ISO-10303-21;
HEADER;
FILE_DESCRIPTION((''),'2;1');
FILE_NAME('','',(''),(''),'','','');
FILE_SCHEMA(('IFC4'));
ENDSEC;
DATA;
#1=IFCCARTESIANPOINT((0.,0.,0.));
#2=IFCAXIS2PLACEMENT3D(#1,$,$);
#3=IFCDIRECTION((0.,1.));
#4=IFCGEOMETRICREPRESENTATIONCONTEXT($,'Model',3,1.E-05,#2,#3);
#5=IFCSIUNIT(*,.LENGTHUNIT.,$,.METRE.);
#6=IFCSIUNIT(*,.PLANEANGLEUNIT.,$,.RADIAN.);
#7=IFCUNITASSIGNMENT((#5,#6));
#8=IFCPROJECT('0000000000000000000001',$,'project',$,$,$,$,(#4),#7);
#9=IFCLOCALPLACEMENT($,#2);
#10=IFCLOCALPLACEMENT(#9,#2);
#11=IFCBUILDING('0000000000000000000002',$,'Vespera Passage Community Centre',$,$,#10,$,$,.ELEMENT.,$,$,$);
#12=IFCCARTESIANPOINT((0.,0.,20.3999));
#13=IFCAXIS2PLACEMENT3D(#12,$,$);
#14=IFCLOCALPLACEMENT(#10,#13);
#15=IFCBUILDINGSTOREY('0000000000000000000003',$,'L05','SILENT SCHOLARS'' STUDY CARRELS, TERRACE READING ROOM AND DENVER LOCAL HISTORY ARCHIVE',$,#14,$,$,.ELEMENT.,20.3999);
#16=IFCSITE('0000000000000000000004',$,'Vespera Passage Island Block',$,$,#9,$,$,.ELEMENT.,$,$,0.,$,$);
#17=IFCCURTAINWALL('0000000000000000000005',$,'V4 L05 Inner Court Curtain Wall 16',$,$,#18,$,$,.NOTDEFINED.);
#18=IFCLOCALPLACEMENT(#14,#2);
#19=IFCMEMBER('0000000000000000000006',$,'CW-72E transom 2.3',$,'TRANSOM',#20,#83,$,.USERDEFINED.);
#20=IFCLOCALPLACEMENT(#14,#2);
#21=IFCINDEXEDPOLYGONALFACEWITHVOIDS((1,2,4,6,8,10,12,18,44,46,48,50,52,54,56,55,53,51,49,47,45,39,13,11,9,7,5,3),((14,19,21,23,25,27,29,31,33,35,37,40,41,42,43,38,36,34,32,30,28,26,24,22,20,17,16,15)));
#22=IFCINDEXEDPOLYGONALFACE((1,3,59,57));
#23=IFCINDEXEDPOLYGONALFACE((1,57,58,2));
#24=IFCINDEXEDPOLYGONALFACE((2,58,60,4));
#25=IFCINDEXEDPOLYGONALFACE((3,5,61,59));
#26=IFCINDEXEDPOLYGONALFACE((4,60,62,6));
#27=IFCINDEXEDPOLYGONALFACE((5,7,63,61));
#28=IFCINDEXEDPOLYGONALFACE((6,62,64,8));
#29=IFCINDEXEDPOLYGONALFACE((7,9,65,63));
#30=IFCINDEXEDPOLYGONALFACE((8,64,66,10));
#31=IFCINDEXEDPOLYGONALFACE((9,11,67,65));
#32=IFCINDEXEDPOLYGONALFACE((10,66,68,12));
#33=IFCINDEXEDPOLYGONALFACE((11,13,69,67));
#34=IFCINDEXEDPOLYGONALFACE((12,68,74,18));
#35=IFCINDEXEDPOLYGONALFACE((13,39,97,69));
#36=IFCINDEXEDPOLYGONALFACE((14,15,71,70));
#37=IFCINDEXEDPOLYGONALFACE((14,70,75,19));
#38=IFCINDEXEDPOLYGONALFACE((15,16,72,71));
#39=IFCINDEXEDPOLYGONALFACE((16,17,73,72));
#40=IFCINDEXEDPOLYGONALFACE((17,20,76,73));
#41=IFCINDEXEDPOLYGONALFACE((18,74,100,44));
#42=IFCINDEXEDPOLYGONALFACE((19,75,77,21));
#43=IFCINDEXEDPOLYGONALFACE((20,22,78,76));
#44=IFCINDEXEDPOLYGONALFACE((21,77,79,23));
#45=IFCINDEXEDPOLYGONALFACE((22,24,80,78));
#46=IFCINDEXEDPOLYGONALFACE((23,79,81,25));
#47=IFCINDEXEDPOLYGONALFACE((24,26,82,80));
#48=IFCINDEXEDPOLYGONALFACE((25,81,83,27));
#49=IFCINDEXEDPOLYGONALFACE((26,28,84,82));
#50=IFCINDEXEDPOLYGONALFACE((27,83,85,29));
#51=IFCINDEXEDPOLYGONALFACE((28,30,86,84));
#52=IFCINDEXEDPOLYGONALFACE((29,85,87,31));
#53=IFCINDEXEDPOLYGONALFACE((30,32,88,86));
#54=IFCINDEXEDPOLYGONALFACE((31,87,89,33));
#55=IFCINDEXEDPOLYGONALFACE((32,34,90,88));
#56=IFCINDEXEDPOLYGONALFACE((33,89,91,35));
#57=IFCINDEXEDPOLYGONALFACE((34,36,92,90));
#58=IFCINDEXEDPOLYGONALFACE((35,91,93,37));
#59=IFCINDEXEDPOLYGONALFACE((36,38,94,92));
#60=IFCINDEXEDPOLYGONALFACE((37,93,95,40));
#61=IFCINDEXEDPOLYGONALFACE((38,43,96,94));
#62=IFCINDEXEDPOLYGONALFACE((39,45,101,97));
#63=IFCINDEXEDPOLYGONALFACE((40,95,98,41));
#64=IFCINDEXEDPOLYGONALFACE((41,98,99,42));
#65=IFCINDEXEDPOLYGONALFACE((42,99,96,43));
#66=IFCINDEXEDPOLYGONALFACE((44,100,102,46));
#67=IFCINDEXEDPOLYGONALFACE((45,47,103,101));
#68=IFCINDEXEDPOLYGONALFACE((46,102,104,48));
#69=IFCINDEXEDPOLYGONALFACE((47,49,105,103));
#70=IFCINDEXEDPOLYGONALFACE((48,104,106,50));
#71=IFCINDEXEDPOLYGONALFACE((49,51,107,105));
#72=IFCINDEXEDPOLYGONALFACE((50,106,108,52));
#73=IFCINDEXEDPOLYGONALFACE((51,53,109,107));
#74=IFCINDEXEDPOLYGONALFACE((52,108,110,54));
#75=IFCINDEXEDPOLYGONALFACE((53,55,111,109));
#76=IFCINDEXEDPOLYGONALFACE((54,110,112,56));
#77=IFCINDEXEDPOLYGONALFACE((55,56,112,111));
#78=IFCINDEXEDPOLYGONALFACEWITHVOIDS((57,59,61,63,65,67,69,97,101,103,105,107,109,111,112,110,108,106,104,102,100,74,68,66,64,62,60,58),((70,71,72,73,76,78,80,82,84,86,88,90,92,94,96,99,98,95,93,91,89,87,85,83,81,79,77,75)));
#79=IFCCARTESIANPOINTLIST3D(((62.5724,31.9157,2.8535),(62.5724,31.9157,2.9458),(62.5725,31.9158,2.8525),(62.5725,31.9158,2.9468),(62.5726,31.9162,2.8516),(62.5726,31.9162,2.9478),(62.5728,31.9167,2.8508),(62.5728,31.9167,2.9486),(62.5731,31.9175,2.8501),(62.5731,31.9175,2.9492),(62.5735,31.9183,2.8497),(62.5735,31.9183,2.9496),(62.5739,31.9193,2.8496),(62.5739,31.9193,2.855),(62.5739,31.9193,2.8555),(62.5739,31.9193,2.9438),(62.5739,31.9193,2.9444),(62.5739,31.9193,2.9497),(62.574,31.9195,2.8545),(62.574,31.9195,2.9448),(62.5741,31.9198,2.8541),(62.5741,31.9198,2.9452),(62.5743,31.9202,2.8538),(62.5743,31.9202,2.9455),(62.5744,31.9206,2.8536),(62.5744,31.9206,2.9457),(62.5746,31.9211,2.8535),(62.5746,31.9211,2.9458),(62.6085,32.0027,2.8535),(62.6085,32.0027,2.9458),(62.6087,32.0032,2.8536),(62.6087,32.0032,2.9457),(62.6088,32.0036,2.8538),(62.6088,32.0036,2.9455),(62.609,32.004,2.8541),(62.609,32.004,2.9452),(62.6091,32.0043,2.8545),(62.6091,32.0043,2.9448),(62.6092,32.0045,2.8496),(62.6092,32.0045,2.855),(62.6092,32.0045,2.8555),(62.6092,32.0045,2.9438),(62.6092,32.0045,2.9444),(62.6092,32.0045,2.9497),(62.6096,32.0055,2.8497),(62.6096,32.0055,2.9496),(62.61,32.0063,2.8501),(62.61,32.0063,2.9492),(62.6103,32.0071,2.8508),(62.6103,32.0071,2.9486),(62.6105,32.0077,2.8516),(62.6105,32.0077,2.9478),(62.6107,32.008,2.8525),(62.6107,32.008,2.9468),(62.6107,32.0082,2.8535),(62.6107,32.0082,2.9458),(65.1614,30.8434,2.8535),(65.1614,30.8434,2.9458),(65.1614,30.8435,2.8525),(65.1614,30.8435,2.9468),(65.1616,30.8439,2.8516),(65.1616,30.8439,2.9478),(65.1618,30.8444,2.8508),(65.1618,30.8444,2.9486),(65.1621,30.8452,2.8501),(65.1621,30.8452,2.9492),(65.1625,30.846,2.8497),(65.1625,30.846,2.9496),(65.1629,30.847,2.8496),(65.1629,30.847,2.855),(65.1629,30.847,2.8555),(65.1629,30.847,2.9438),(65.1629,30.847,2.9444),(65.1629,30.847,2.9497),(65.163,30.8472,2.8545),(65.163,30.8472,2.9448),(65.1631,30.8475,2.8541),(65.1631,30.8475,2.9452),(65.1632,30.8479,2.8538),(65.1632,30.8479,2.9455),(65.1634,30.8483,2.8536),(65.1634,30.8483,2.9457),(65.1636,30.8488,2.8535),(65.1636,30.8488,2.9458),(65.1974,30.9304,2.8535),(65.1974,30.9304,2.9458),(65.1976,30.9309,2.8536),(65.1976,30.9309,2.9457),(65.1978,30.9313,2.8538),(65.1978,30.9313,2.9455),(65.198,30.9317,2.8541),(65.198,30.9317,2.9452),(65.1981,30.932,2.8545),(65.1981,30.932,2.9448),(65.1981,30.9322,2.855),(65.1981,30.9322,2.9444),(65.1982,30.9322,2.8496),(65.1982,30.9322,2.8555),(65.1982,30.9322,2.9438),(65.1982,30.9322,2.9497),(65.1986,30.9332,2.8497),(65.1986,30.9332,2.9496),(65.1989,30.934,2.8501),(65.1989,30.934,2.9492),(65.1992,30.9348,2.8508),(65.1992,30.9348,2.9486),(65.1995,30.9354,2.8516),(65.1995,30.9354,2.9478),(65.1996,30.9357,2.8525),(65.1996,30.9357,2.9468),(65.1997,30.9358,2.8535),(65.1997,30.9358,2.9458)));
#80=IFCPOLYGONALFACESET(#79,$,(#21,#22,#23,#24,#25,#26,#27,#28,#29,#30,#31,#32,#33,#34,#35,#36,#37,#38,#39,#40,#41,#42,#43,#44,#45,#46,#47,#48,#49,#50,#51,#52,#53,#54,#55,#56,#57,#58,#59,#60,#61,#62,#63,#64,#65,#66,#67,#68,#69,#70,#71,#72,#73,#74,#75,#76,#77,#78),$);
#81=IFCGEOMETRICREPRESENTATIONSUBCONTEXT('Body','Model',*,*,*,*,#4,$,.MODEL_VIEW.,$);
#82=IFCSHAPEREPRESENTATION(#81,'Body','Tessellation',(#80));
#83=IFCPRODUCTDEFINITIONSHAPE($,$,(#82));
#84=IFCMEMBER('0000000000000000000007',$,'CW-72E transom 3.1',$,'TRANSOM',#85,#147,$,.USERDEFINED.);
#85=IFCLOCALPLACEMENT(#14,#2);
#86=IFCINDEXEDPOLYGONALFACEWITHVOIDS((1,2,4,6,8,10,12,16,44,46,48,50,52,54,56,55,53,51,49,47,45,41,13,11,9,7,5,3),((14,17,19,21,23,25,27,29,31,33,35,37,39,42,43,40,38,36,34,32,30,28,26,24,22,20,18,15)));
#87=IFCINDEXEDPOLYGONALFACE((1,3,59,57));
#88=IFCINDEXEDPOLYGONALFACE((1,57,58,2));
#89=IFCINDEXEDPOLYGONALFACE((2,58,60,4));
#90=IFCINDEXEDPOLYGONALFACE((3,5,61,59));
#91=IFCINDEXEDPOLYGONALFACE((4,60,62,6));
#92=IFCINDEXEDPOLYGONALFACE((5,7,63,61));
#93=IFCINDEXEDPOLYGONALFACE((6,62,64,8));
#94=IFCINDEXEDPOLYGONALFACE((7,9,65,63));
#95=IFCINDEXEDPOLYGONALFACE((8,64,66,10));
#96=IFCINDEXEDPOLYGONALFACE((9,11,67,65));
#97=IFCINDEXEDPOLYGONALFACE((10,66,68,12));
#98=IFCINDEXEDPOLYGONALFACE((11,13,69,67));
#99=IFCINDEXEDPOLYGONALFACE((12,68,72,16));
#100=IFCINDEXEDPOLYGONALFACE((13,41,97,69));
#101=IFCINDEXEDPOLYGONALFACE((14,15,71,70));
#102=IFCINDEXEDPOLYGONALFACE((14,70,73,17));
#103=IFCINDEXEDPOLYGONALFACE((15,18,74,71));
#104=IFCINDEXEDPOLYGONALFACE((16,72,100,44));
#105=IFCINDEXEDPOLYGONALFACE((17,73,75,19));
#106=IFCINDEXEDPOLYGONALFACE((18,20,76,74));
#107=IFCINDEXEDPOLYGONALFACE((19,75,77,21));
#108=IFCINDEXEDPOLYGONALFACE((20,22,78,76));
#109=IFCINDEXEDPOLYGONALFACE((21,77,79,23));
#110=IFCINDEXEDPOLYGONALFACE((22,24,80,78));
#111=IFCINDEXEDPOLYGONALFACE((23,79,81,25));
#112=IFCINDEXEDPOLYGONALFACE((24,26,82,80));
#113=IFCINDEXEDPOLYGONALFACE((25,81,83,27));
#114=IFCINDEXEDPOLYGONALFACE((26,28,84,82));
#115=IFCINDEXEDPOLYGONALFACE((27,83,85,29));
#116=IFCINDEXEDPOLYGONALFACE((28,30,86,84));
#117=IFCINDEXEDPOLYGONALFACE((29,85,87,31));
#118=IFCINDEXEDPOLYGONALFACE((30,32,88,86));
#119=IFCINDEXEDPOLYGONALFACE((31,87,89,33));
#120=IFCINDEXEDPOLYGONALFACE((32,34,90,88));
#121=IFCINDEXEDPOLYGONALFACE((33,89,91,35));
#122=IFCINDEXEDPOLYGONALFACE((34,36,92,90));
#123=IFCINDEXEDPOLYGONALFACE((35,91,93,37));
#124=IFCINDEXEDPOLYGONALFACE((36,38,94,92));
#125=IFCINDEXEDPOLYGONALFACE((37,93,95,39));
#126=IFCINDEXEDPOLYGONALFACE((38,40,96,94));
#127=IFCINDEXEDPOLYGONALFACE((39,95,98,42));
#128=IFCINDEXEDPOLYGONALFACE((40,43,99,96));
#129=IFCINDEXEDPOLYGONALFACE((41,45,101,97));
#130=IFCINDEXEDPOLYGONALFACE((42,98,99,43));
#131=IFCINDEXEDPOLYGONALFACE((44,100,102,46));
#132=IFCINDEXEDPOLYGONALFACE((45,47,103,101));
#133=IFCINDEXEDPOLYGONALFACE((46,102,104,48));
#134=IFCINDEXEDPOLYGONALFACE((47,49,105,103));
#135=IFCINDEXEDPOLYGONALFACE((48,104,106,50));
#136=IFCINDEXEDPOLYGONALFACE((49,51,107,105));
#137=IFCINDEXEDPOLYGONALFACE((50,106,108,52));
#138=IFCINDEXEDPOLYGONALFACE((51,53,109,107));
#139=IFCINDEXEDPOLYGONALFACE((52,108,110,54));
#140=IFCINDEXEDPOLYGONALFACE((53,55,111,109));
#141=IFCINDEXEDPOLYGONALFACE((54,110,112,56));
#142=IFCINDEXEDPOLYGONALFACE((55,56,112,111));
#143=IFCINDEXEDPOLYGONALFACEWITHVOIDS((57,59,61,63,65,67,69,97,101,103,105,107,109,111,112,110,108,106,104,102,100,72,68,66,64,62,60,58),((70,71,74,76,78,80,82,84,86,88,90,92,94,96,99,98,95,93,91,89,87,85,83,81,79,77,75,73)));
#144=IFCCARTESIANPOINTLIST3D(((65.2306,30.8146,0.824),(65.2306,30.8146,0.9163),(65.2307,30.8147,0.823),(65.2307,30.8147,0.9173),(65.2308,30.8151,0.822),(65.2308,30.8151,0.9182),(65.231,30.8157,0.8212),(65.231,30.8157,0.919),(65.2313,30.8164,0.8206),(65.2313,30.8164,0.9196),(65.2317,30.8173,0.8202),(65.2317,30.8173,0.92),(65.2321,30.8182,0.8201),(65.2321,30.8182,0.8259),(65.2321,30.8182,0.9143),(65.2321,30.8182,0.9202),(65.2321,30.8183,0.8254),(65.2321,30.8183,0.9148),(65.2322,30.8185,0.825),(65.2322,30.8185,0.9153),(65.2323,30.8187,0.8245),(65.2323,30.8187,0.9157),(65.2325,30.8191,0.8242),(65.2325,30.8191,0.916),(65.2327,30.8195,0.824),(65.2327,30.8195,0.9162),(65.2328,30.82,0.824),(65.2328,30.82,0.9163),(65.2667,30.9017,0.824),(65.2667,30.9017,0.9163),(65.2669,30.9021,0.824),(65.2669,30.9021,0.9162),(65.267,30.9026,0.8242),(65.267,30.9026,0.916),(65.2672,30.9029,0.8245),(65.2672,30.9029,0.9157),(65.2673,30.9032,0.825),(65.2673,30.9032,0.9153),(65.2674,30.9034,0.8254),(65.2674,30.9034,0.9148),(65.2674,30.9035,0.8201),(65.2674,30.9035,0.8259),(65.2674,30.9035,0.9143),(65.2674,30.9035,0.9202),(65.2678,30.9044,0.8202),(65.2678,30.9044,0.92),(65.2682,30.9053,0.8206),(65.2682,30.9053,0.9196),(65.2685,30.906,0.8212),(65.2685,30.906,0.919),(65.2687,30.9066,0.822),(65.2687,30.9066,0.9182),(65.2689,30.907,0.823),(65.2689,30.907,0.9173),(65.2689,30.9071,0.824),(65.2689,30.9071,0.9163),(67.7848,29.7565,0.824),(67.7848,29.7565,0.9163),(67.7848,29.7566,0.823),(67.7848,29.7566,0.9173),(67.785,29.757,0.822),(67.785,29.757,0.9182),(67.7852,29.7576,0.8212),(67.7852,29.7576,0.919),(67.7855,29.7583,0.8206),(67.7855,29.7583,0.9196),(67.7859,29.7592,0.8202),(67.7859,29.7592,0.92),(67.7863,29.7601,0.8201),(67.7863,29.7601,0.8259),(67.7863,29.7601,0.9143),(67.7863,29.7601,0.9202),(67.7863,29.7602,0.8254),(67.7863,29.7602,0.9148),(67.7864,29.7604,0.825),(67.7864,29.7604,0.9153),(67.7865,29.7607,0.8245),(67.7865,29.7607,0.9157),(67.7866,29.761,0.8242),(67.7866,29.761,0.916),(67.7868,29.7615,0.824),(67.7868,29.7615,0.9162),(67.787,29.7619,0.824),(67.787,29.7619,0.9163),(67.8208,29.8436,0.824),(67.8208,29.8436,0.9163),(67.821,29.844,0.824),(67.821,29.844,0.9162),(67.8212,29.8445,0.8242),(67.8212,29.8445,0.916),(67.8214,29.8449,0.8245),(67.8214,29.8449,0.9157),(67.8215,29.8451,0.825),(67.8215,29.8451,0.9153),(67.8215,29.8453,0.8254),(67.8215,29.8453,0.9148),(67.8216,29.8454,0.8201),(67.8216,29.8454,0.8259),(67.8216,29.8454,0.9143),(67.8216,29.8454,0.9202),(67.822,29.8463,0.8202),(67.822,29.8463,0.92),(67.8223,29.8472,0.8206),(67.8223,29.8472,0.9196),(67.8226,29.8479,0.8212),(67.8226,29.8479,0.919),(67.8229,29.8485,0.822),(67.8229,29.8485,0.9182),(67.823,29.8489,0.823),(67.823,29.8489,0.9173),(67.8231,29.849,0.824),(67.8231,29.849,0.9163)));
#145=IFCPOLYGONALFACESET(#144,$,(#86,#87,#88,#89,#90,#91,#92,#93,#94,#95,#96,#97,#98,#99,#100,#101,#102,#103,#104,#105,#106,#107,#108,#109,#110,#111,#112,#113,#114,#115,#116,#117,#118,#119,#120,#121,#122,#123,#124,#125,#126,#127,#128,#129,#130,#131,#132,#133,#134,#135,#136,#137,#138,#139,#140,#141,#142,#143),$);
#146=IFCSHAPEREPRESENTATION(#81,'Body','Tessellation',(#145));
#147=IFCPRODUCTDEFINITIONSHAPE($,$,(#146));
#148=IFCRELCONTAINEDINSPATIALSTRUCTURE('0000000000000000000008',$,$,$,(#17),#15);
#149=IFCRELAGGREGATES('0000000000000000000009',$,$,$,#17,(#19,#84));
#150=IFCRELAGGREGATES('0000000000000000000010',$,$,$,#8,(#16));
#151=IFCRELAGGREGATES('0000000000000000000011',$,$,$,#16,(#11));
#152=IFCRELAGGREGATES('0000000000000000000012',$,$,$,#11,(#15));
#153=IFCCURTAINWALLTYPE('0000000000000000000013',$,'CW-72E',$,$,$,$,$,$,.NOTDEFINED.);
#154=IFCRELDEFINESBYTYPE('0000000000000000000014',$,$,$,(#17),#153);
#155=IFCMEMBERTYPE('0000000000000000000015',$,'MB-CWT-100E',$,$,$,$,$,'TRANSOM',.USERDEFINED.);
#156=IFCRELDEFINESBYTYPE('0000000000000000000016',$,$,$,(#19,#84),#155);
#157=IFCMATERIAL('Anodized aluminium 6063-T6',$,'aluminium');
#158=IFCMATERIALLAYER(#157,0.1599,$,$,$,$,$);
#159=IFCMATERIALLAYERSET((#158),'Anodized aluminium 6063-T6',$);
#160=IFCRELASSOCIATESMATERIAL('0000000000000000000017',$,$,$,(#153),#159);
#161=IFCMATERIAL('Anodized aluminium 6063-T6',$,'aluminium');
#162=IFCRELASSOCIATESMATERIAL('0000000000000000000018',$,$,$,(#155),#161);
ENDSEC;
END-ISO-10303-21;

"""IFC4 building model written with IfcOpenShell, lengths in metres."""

from ifc_helpers import new_model, si_unit, direction, frame, origin, origin_2d, place, context, subcontext, project, spatial, hollow_rectangle, extrude, material, layer, layer_set, material_profile, profile_set, type_object, element, aggregate, save


model = new_model("IFC4")

# Units and contexts
model_context = context("Model", 3, precision=1e-05, world=origin(), true_north=direction((0.0, 1.0)))
body_context = subcontext(model_context, "Body", "Model", "MODEL_VIEW")
ifc_project = project(units=[si_unit("LENGTHUNIT", "METRE"), si_unit("PLANEANGLEUNIT", "RADIAN")], contexts=[model_context])

# Site, building, storey
site_placement = place(None, origin())
site = spatial("IfcSite", under=ifc_project, at=site_placement, Name="Vespera Passage Island Block", CompositionType="ELEMENT", RefElevation=0.0)
building_placement = place(site_placement, origin())
building = spatial("IfcBuilding", under=site, at=building_placement, Name="Vespera Passage Community Centre", CompositionType="ELEMENT")
storey_placement = place(building_placement, frame((0.0, 0.0, 20.3999)))
storey = spatial("IfcBuildingStorey", under=building, at=storey_placement, Name="L05", Description="SILENT SCHOLARS' STUDY CARRELS, TERRACE READING ROOM AND DENVER LOCAL HISTORY ARCHIVE", CompositionType="ELEMENT", Elevation=20.3999)

# Curtain wall, members
ifc_material_1 = material(Name="Anodized aluminium 6063-T6", Category="aluminium")
ifc_layer_1 = layer(ifc_material_1, 0.1599)
ifc_layer_set_1 = layer_set([ifc_layer_1], Name="Anodized aluminium 6063-T6")
curtain_wall_type_1 = type_object("IfcCurtainWallType", Name="CW-72E", PredefinedType="NOTDEFINED", material=ifc_layer_set_1)
curtain_wall_1_placement = place(storey_placement, origin())
curtain_wall_1 = element("IfcCurtainWall", 1, at=curtain_wall_1_placement, inside=storey, type_object=curtain_wall_type_1, Name="V4 L05 Inner Court Curtain Wall 16", PredefinedType="NOTDEFINED")
ifc_material_2 = material(Name="Anodized aluminium 6063-T6", Category="aluminium")
ifc_material_profile_1 = material_profile(ifc_material_2, hollow_rectangle(XDim=0.1001, YDim=0.1001, WallThickness=0.0039, InnerFilletRadius=0.002, OuterFilletRadius=0.0039, at=origin_2d()), Name="ALU100X100X4")
ifc_profile_set_1 = profile_set([ifc_material_profile_1], Name="Anodized aluminium 6063-T6")
member_type_1 = type_object("IfcMemberType", Name="MB-CWT-100E", ElementType="TRANSOM", PredefinedType="USERDEFINED", material=ifc_profile_set_1)
member_1_placement = place(storey_placement, frame((62.5916, 31.9619, 2.8997), z_axis=(0.923889, -0.38266, 0.0), x_axis=(0.38266, 0.923889, 0.0)))
member_1 = element("IfcMember", 2, at=member_1_placement, type_object=member_type_1, Name="CW-72E transom 2.3", ObjectType="TRANSOM", PredefinedType="USERDEFINED", context=body_context, shape_type="SweptSolid", body=[
    extrude(hollow_rectangle(XDim=0.1001, YDim=0.1001, WallThickness=0.0039, InnerFilletRadius=0.002, OuterFilletRadius=0.0039, at=origin_2d()), origin(), (0.0, 0.0, 1.0), 2.8022),
])
member_2_placement = place(storey_placement, frame((65.2498, 30.8608, 0.8701), z_axis=(0.923864, -0.382721, 0.0), x_axis=(0.382721, 0.923864, 0.0)))
member_2 = element("IfcMember", 3, at=member_2_placement, type_object=member_type_1, Name="CW-72E transom 3.1", ObjectType="TRANSOM", PredefinedType="USERDEFINED", context=body_context, shape_type="SweptSolid", body=[
    extrude(hollow_rectangle(XDim=0.1001, YDim=0.1001, WallThickness=0.0039, InnerFilletRadius=0.002, OuterFilletRadius=0.0039, at=origin_2d()), origin(), (0.0, 0.0, 1.0), 2.7646),
])

aggregate(curtain_wall_1, [member_1, member_2])

save(model, "model.ifc")
